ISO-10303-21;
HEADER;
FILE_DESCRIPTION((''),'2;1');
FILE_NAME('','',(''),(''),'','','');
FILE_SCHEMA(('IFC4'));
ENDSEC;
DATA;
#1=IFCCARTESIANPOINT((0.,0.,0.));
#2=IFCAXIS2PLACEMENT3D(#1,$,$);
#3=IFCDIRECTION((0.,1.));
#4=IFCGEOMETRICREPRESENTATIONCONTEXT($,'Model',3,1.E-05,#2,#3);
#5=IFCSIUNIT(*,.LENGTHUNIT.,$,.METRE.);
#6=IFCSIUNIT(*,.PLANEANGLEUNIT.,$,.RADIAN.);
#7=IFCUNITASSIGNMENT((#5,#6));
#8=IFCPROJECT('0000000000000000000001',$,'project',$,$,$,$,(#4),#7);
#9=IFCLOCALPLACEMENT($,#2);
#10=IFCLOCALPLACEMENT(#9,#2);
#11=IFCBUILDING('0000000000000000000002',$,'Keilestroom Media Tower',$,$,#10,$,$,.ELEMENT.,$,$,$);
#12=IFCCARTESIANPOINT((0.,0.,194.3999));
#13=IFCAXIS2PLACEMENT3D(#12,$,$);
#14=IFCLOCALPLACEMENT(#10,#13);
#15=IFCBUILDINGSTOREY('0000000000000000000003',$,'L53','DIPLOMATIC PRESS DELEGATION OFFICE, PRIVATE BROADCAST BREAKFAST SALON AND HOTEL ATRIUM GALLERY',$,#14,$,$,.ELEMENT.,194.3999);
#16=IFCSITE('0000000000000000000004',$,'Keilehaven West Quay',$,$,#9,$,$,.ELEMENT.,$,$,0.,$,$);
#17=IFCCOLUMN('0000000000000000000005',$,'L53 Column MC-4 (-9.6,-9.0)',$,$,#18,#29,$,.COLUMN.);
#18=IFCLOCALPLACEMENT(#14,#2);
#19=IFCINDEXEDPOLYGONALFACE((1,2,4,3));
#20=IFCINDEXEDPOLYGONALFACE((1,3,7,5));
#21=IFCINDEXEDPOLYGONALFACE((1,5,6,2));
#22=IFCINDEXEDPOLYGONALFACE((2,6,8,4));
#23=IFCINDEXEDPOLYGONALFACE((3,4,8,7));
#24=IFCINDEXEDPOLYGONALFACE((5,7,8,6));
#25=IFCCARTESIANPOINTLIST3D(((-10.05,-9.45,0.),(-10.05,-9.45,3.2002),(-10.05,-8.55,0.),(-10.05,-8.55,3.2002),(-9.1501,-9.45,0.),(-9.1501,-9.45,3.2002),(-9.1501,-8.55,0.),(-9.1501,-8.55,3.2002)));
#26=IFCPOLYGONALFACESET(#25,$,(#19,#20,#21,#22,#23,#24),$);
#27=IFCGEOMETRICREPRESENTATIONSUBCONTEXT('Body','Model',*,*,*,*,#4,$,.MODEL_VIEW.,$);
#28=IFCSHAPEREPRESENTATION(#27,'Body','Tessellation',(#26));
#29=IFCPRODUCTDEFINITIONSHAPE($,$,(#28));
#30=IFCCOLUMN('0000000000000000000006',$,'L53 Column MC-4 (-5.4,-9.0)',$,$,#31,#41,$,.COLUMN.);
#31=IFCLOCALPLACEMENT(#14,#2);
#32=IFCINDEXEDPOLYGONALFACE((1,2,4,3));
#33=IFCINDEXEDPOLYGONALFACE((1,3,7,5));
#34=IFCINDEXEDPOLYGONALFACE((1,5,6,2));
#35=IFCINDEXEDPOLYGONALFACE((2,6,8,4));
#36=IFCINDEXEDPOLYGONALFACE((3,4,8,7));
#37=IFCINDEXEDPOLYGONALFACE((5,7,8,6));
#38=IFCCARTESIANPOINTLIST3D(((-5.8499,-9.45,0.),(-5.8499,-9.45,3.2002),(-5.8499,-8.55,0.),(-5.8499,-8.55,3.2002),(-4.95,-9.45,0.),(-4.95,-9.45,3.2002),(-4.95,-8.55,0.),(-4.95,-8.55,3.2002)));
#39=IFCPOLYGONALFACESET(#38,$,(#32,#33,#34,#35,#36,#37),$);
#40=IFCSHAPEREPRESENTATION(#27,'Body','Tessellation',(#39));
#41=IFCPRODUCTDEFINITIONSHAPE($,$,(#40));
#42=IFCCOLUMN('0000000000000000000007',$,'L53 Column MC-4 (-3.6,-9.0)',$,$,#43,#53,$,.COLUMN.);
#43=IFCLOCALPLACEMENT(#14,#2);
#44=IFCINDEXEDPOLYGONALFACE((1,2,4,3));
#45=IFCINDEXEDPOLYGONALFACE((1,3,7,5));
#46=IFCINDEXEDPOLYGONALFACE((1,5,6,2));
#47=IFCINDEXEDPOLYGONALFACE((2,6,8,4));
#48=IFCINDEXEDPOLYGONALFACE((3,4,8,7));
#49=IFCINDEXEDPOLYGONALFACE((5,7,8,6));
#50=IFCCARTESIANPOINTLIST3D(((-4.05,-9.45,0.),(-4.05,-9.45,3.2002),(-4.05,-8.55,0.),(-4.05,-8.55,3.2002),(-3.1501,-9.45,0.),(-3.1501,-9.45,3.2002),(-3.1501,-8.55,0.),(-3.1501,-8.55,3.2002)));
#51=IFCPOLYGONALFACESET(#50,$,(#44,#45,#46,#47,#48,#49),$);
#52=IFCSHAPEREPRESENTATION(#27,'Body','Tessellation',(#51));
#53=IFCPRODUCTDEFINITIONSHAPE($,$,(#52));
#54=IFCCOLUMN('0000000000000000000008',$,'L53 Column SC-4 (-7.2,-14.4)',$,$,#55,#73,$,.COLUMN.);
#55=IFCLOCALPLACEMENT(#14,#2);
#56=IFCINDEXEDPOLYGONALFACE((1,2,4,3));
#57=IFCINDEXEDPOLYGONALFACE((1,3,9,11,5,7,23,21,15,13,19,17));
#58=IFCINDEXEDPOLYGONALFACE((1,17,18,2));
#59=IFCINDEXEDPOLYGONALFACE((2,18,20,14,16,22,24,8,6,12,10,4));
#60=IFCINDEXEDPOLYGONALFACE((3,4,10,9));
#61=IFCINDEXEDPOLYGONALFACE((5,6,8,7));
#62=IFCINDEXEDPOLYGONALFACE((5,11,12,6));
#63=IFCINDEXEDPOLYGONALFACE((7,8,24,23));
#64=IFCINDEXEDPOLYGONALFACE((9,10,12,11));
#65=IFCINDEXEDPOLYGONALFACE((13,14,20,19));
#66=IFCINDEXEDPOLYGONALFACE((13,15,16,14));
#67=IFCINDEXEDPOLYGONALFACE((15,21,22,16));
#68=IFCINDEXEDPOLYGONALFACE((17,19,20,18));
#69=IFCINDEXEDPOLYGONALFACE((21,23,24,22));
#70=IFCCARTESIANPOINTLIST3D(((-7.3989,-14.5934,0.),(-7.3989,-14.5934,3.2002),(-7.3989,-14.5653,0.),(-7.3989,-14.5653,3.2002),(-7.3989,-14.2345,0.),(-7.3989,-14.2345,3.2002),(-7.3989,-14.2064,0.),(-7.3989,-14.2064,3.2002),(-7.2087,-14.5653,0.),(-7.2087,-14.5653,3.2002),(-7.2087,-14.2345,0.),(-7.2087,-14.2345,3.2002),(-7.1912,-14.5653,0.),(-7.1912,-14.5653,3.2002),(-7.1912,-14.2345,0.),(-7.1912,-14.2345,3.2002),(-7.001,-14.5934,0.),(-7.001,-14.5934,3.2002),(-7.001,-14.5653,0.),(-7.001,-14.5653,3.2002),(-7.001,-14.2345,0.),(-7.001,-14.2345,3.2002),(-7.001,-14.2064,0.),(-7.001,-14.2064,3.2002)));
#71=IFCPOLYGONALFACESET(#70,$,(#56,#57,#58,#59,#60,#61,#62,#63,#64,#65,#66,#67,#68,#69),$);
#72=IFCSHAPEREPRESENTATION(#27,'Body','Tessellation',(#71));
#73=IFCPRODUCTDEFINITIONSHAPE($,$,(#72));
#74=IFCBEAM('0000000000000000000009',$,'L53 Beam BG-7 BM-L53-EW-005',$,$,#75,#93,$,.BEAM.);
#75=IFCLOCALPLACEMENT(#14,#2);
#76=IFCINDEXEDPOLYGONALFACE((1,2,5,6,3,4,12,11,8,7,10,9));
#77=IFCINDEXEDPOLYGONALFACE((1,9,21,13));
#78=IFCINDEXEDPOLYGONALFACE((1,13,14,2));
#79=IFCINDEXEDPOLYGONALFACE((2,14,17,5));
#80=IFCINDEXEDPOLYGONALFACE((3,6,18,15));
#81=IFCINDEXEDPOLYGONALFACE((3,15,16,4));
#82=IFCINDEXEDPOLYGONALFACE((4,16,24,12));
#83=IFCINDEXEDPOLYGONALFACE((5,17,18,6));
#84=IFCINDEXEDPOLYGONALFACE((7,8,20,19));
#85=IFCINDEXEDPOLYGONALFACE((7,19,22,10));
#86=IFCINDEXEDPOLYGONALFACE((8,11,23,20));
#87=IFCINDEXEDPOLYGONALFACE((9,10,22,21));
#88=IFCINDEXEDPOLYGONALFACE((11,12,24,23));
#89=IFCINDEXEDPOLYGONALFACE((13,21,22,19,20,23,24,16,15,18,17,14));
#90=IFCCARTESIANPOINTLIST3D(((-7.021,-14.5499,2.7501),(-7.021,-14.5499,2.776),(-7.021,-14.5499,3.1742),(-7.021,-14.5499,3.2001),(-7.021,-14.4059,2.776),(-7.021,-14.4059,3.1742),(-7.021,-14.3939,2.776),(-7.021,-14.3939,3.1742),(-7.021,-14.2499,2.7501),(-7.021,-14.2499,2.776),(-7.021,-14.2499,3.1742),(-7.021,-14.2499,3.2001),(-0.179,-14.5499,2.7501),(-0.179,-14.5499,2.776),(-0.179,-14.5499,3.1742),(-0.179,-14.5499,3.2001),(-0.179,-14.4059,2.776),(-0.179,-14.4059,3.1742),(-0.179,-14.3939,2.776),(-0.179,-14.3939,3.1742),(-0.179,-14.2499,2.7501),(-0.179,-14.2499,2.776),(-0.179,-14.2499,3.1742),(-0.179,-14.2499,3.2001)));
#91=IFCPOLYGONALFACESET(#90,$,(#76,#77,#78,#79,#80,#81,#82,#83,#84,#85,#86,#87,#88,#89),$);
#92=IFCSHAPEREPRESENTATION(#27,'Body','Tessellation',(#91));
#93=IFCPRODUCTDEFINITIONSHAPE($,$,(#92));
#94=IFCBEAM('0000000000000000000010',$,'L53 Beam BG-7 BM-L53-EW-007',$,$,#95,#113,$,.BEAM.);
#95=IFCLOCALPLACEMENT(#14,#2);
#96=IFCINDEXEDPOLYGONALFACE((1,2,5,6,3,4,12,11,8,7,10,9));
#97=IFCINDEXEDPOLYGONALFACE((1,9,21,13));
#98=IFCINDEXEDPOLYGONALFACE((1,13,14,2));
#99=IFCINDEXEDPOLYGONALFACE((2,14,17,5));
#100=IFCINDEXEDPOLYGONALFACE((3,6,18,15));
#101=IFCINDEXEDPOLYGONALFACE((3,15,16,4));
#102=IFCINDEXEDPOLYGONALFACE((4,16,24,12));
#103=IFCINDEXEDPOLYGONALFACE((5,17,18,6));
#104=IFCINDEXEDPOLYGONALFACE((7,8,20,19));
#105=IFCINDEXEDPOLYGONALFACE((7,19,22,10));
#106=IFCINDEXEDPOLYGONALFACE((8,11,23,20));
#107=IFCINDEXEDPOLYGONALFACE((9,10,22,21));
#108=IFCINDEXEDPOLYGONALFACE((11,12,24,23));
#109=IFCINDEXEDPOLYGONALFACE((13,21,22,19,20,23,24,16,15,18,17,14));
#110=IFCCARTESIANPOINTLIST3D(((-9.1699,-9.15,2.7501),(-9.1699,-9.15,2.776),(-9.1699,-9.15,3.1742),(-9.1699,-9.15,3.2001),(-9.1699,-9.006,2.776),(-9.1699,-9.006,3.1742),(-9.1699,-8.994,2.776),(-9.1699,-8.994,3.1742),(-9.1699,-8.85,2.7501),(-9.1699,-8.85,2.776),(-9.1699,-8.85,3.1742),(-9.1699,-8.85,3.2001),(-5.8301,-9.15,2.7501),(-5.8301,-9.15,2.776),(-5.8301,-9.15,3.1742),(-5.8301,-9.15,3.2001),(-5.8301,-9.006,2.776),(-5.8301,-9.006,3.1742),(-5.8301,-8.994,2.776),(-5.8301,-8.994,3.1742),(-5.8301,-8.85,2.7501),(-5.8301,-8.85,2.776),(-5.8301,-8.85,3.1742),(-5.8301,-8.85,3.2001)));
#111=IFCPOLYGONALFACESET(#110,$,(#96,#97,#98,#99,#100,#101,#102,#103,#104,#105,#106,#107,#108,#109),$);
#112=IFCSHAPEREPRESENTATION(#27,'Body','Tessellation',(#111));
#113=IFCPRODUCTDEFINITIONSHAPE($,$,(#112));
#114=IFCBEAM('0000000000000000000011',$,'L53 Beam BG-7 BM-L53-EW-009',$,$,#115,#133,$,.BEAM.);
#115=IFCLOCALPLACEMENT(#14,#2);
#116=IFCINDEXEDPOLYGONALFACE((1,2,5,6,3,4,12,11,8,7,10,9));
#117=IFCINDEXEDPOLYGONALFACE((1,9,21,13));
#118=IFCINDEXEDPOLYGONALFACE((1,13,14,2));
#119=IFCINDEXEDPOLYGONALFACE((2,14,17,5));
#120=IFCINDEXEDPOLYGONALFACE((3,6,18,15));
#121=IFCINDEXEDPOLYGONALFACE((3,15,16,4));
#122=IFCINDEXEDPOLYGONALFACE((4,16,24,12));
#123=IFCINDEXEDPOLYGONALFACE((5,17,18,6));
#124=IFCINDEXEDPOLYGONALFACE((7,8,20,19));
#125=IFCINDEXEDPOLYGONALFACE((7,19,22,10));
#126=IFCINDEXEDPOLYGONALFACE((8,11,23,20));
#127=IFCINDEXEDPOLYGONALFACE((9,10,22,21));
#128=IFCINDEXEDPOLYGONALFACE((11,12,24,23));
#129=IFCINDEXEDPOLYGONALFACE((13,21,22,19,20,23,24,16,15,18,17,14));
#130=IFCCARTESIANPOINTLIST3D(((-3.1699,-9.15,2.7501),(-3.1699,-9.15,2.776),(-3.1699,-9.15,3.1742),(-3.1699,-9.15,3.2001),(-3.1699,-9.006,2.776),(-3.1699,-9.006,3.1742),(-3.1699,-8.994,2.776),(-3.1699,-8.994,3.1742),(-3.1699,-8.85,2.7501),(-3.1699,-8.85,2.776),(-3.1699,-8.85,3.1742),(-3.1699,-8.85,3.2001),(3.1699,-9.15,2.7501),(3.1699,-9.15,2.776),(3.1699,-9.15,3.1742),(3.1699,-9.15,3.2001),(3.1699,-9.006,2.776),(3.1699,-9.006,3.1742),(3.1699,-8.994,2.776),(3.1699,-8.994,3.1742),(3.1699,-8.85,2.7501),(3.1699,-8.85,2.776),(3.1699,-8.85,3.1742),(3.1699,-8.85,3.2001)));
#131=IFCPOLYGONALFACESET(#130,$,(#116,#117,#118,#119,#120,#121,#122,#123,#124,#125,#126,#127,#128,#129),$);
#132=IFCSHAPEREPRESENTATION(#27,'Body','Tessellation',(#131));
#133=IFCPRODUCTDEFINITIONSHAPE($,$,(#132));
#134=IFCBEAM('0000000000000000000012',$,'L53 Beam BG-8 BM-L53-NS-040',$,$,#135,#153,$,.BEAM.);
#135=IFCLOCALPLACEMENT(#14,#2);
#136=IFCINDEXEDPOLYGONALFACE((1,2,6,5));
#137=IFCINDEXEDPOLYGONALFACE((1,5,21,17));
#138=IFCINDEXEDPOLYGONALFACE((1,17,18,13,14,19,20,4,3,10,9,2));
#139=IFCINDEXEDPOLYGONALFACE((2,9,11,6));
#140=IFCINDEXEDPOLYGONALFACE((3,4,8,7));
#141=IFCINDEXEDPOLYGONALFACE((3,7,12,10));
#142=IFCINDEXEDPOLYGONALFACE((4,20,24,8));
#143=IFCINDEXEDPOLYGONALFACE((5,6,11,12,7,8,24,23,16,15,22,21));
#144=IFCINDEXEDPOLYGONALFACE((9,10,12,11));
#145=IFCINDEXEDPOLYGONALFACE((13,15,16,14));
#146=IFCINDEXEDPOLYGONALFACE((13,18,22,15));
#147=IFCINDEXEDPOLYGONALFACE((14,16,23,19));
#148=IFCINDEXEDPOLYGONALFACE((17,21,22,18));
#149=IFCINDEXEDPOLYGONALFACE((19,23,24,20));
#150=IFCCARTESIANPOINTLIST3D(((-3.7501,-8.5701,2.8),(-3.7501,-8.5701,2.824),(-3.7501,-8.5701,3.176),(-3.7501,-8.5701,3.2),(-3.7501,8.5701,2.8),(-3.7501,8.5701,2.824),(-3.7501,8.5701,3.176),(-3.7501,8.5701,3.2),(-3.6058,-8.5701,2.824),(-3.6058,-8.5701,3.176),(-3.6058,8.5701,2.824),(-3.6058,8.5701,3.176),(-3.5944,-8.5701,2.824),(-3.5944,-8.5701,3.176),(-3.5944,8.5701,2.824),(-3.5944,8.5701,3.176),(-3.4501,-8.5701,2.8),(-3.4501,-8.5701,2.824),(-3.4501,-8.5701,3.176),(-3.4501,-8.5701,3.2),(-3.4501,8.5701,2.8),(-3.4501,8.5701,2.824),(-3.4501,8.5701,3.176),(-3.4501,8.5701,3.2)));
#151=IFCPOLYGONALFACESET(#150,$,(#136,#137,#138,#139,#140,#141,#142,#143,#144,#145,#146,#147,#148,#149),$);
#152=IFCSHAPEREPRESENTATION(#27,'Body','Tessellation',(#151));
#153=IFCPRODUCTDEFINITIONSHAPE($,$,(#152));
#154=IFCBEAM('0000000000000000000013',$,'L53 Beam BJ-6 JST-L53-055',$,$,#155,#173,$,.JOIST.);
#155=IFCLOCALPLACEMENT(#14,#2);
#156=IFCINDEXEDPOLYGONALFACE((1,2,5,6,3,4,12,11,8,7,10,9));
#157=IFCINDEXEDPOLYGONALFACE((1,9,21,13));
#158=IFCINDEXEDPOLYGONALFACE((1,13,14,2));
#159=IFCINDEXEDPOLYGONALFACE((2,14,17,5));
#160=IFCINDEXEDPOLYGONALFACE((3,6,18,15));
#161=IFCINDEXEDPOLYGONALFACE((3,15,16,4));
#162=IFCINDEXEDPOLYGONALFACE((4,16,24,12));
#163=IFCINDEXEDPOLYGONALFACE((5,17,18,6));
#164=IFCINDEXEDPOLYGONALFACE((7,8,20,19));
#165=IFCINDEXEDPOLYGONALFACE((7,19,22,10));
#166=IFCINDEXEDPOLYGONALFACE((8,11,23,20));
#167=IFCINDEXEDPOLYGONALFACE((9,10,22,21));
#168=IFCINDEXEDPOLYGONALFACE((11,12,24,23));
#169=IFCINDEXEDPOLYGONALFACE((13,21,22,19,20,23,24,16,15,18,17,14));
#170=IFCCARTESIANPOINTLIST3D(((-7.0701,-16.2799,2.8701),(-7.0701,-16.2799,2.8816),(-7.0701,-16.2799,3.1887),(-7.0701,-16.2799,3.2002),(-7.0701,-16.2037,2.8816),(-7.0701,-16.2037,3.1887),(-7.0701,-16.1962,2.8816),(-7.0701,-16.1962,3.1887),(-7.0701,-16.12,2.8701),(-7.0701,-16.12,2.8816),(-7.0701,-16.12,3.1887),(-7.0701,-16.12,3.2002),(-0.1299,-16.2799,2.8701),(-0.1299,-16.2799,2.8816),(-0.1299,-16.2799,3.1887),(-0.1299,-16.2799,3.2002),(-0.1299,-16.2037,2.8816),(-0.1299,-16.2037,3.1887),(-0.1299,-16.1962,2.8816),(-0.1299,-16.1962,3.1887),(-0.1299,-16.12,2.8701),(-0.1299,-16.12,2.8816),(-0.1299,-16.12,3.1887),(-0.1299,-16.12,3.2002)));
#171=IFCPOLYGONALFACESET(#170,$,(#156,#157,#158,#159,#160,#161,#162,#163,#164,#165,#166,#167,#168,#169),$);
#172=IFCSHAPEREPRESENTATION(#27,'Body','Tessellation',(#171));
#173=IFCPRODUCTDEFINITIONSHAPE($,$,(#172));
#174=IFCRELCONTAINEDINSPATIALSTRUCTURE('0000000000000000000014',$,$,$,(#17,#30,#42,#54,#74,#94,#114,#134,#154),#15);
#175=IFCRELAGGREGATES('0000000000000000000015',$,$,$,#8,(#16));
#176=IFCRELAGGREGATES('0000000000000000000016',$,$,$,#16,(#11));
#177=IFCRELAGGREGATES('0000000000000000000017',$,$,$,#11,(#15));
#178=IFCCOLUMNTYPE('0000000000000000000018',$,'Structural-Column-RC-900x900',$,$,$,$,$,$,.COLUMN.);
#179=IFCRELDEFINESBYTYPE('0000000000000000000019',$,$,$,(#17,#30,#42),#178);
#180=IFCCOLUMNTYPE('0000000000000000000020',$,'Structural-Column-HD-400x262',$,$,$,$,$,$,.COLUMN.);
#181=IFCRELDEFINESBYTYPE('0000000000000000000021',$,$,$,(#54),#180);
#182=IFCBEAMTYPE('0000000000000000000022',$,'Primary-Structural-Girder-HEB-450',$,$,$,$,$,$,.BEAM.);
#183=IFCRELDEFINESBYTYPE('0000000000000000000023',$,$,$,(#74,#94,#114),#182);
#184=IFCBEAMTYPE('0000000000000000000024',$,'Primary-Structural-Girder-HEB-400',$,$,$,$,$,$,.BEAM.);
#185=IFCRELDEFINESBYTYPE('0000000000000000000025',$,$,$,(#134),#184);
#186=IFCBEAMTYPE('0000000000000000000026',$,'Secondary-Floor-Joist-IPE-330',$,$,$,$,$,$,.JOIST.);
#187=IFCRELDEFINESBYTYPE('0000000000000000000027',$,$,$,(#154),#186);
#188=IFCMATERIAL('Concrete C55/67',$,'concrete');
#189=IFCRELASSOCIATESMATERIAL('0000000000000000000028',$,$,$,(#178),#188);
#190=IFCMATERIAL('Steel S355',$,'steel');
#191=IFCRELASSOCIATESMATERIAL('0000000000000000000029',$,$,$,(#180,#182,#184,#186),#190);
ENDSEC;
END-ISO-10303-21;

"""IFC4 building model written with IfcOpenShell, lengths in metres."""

from ifc_helpers import new_model, si_unit, direction, frame, origin, origin_2d, place, context, subcontext, project, spatial, rectangle, i_section, extrude, source, transform, mapped, material, material_profile, profile_set, type_object, element, save


model = new_model("IFC4")

# Units and contexts
model_context = context("Model", 3, precision=1e-05, world=origin(), true_north=direction((0.0, 1.0)))
body_context = subcontext(model_context, "Body", "Model", "MODEL_VIEW")
ifc_project = project(units=[si_unit("LENGTHUNIT", "METRE"), si_unit("PLANEANGLEUNIT", "RADIAN")], contexts=[model_context])

# Site, building, storey
site_placement = place(None, origin())
site = spatial("IfcSite", under=ifc_project, at=site_placement, Name="Keilehaven West Quay", CompositionType="ELEMENT", RefElevation=0.0)
building_placement = place(site_placement, origin())
building = spatial("IfcBuilding", under=site, at=building_placement, Name="Keilestroom Media Tower", CompositionType="ELEMENT")
storey_placement = place(building_placement, frame((0.0, 0.0, 194.3999)))
storey = spatial("IfcBuildingStorey", under=building, at=storey_placement, Name="L53", Description="DIPLOMATIC PRESS DELEGATION OFFICE, PRIVATE BROADCAST BREAKFAST SALON AND HOTEL ATRIUM GALLERY", CompositionType="ELEMENT", Elevation=194.3999)

# Columns
ifc_material_1 = material(Name="Concrete C55/67", Category="concrete")
ifc_material_profile_1 = material_profile(ifc_material_1, rectangle(XDim=0.8999, YDim=0.8999, at=origin_2d()), Name="RC 900x900")
ifc_profile_set_1 = profile_set([ifc_material_profile_1], Name="Concrete C55/67")
column_type_1 = type_object("IfcColumnType", Name="Structural-Column-RC-900x900", PredefinedType="COLUMN", material=ifc_profile_set_1)
shared_shape_1 = source(origin(), body_context, "Body", "SweptSolid", [
    extrude(rectangle(XDim=0.8999, YDim=0.8999, at=origin_2d()), origin(), (0.0, 0.0, 1.0), 3.2002),
])
for number, where, z_axis, x_axis, name in (
    (1, (-9.6001, -9.0, 0.0), (0.0, 0.0, 1.0), (1.0, 0.0, 0.0), "L53 Column MC-4 (-9.6,-9.0)"),
    (2, (-5.3999, -9.0, 0.0), (0.0, 0.0, 1.0), (1.0, 0.0, 0.0), "L53 Column MC-4 (-5.4,-9.0)"),
    (3, (-3.6001, -9.0, 0.0), (0.0, 0.0, 1.0), (1.0, 0.0, 0.0), "L53 Column MC-4 (-3.6,-9.0)"),
):
    element("IfcColumn", number, at=place(storey_placement, frame(where, z_axis=z_axis, x_axis=x_axis)), inside=storey, type_object=column_type_1, Name=name, PredefinedType="COLUMN", context=body_context, shape_type="MappedRepresentation", body=[
        mapped(shared_shape_1, transform((0.0, 0.0, 0.0), x_axis=(1.0, 0.0, 0.0), y_axis=(0.0, 1.0, 0.0), z_axis=(0.0, 0.0, 1.0), scale=1.0)),
    ])
ifc_material_2 = material(Name="Steel S355", Category="steel")
ifc_material_profile_2 = material_profile(ifc_material_2, i_section(OverallWidth=0.3979, OverallDepth=0.387, WebThickness=0.0176, FlangeThickness=0.0281, at=origin_2d()), Name="HD 400x262")
ifc_profile_set_2 = profile_set([ifc_material_profile_2], Name="Steel S355")
column_type_2 = type_object("IfcColumnType", Name="Structural-Column-HD-400x262", PredefinedType="COLUMN", material=ifc_profile_set_2)
shared_shape_2 = source(origin(), body_context, "Body", "SweptSolid", [
    extrude(i_section(OverallWidth=0.3979, OverallDepth=0.387, WebThickness=0.0176, FlangeThickness=0.0281, at=origin_2d()), origin(), (0.0, 0.0, 1.0), 3.2002),
])
column_placement = place(storey_placement, frame((-7.2, -14.3999, 0.0), z_axis=(0.0, 0.0, 1.0), x_axis=(1.0, 0.0, 0.0)))
element("IfcColumn", 4, at=column_placement, inside=storey, type_object=column_type_2, Name="L53 Column SC-4 (-7.2,-14.4)", PredefinedType="COLUMN", context=body_context, shape_type="MappedRepresentation", body=[
    mapped(shared_shape_2, transform((0.0, 0.0, 0.0), x_axis=(1.0, 0.0, 0.0), y_axis=(0.0, 1.0, 0.0), z_axis=(0.0, 0.0, 1.0), scale=1.0)),
])

# Beams
ifc_material_profile_3 = material_profile(ifc_material_2, i_section(OverallWidth=0.3, OverallDepth=0.45, WebThickness=0.012, FlangeThickness=0.0259, at=origin_2d()), Name="HEB 450")
ifc_profile_set_3 = profile_set([ifc_material_profile_3], Name="Steel S355")
beam_type_1 = type_object("IfcBeamType", Name="Primary-Structural-Girder-HEB-450", PredefinedType="BEAM", material=ifc_profile_set_3)
shared_shape_3 = source(origin(), body_context, "Body", "SweptSolid", [
    extrude(i_section(OverallWidth=0.3, OverallDepth=0.45, WebThickness=0.012, FlangeThickness=0.0259, at=origin_2d()), origin(), (0.0, 0.0, 1.0), 6.842),
])
beam_1_placement = place(storey_placement, frame((-7.021, -14.3999, 2.9751), z_axis=(1.0, 0.0, 0.0), x_axis=(0.0, 1.0, 0.0)))
element("IfcBeam", 5, at=beam_1_placement, inside=storey, type_object=beam_type_1, Name="L53 Beam BG-7 BM-L53-EW-005", PredefinedType="BEAM", context=body_context, shape_type="MappedRepresentation", body=[
    mapped(shared_shape_3, transform((0.0, 0.0, 0.0), x_axis=(1.0, 0.0, 0.0), y_axis=(0.0, 1.0, 0.0), z_axis=(0.0, 0.0, 1.0), scale=1.0)),
])
shared_shape_4 = source(origin(), body_context, "Body", "SweptSolid", [
    extrude(i_section(OverallWidth=0.3, OverallDepth=0.45, WebThickness=0.012, FlangeThickness=0.0259, at=origin_2d()), origin(), (0.0, 0.0, 1.0), 3.3398),
])
beam_2_placement = place(storey_placement, frame((-9.1699, -9.0, 2.9751), z_axis=(1.0, 0.0, 0.0), x_axis=(0.0, 1.0, 0.0)))
element("IfcBeam", 6, at=beam_2_placement, inside=storey, type_object=beam_type_1, Name="L53 Beam BG-7 BM-L53-EW-007", PredefinedType="BEAM", context=body_context, shape_type="MappedRepresentation", body=[
    mapped(shared_shape_4, transform((0.0, 0.0, 0.0), x_axis=(1.0, 0.0, 0.0), y_axis=(0.0, 1.0, 0.0), z_axis=(0.0, 0.0, 1.0), scale=1.0)),
])
shared_shape_5 = source(origin(), body_context, "Body", "SweptSolid", [
    extrude(i_section(OverallWidth=0.3, OverallDepth=0.45, WebThickness=0.012, FlangeThickness=0.0259, at=origin_2d()), origin(), (0.0, 0.0, 1.0), 6.3398),
])
beam_3_placement = place(storey_placement, frame((-3.1699, -9.0, 2.9751), z_axis=(1.0, 0.0, 0.0), x_axis=(0.0, 1.0, 0.0)))
element("IfcBeam", 7, at=beam_3_placement, inside=storey, type_object=beam_type_1, Name="L53 Beam BG-7 BM-L53-EW-009", PredefinedType="BEAM", context=body_context, shape_type="MappedRepresentation", body=[
    mapped(shared_shape_5, transform((0.0, 0.0, 0.0), x_axis=(1.0, 0.0, 0.0), y_axis=(0.0, 1.0, 0.0), z_axis=(0.0, 0.0, 1.0), scale=1.0)),
])
ifc_material_profile_4 = material_profile(ifc_material_2, i_section(OverallWidth=0.3, OverallDepth=0.3999, WebThickness=0.0115, FlangeThickness=0.0239, at=origin_2d()), Name="HEB 400")
ifc_profile_set_4 = profile_set([ifc_material_profile_4], Name="Steel S355")
beam_type_2 = type_object("IfcBeamType", Name="Primary-Structural-Girder-HEB-400", PredefinedType="BEAM", material=ifc_profile_set_4)
shared_shape_6 = source(origin(), body_context, "Body", "SweptSolid", [
    extrude(i_section(OverallWidth=0.3, OverallDepth=0.3999, WebThickness=0.0115, FlangeThickness=0.0239, at=origin_2d()), origin(), (0.0, 0.0, 1.0), 17.1401),
])
beam_4_placement = place(storey_placement, frame((-3.6001, -8.5701, 3.0), z_axis=(0.0, 1.0, 0.0), x_axis=(-1.0, 0.0, 0.0)))
element("IfcBeam", 8, at=beam_4_placement, inside=storey, type_object=beam_type_2, Name="L53 Beam BG-8 BM-L53-NS-040", PredefinedType="BEAM", context=body_context, shape_type="MappedRepresentation", body=[
    mapped(shared_shape_6, transform((0.0, 0.0, 0.0), x_axis=(1.0, 0.0, 0.0), y_axis=(0.0, 1.0, 0.0), z_axis=(0.0, 0.0, 1.0), scale=1.0)),
])
ifc_material_profile_5 = material_profile(ifc_material_2, i_section(OverallWidth=0.1599, OverallDepth=0.3301, WebThickness=0.0076, FlangeThickness=0.0115, at=origin_2d()), Name="IPE 330")
ifc_profile_set_5 = profile_set([ifc_material_profile_5], Name="Steel S355")
beam_type_3 = type_object("IfcBeamType", Name="Secondary-Floor-Joist-IPE-330", PredefinedType="JOIST", material=ifc_profile_set_5)
shared_shape_7 = source(origin(), body_context, "Body", "SweptSolid", [
    extrude(i_section(OverallWidth=0.1599, OverallDepth=0.3301, WebThickness=0.0076, FlangeThickness=0.0115, at=origin_2d()), origin(), (0.0, 0.0, 1.0), 6.9402),
])
beam_5_placement = place(storey_placement, frame((-7.0701, -16.2, 3.0352), z_axis=(1.0, 0.0, 0.0), x_axis=(0.0, 1.0, 0.0)))
element("IfcBeam", 9, at=beam_5_placement, inside=storey, type_object=beam_type_3, Name="L53 Beam BJ-6 JST-L53-055", PredefinedType="JOIST", context=body_context, shape_type="MappedRepresentation", body=[
    mapped(shared_shape_7, transform((0.0, 0.0, 0.0), x_axis=(1.0, 0.0, 0.0), y_axis=(0.0, 1.0, 0.0), z_axis=(0.0, 0.0, 1.0), scale=1.0)),
])

save(model, "model.ifc")
